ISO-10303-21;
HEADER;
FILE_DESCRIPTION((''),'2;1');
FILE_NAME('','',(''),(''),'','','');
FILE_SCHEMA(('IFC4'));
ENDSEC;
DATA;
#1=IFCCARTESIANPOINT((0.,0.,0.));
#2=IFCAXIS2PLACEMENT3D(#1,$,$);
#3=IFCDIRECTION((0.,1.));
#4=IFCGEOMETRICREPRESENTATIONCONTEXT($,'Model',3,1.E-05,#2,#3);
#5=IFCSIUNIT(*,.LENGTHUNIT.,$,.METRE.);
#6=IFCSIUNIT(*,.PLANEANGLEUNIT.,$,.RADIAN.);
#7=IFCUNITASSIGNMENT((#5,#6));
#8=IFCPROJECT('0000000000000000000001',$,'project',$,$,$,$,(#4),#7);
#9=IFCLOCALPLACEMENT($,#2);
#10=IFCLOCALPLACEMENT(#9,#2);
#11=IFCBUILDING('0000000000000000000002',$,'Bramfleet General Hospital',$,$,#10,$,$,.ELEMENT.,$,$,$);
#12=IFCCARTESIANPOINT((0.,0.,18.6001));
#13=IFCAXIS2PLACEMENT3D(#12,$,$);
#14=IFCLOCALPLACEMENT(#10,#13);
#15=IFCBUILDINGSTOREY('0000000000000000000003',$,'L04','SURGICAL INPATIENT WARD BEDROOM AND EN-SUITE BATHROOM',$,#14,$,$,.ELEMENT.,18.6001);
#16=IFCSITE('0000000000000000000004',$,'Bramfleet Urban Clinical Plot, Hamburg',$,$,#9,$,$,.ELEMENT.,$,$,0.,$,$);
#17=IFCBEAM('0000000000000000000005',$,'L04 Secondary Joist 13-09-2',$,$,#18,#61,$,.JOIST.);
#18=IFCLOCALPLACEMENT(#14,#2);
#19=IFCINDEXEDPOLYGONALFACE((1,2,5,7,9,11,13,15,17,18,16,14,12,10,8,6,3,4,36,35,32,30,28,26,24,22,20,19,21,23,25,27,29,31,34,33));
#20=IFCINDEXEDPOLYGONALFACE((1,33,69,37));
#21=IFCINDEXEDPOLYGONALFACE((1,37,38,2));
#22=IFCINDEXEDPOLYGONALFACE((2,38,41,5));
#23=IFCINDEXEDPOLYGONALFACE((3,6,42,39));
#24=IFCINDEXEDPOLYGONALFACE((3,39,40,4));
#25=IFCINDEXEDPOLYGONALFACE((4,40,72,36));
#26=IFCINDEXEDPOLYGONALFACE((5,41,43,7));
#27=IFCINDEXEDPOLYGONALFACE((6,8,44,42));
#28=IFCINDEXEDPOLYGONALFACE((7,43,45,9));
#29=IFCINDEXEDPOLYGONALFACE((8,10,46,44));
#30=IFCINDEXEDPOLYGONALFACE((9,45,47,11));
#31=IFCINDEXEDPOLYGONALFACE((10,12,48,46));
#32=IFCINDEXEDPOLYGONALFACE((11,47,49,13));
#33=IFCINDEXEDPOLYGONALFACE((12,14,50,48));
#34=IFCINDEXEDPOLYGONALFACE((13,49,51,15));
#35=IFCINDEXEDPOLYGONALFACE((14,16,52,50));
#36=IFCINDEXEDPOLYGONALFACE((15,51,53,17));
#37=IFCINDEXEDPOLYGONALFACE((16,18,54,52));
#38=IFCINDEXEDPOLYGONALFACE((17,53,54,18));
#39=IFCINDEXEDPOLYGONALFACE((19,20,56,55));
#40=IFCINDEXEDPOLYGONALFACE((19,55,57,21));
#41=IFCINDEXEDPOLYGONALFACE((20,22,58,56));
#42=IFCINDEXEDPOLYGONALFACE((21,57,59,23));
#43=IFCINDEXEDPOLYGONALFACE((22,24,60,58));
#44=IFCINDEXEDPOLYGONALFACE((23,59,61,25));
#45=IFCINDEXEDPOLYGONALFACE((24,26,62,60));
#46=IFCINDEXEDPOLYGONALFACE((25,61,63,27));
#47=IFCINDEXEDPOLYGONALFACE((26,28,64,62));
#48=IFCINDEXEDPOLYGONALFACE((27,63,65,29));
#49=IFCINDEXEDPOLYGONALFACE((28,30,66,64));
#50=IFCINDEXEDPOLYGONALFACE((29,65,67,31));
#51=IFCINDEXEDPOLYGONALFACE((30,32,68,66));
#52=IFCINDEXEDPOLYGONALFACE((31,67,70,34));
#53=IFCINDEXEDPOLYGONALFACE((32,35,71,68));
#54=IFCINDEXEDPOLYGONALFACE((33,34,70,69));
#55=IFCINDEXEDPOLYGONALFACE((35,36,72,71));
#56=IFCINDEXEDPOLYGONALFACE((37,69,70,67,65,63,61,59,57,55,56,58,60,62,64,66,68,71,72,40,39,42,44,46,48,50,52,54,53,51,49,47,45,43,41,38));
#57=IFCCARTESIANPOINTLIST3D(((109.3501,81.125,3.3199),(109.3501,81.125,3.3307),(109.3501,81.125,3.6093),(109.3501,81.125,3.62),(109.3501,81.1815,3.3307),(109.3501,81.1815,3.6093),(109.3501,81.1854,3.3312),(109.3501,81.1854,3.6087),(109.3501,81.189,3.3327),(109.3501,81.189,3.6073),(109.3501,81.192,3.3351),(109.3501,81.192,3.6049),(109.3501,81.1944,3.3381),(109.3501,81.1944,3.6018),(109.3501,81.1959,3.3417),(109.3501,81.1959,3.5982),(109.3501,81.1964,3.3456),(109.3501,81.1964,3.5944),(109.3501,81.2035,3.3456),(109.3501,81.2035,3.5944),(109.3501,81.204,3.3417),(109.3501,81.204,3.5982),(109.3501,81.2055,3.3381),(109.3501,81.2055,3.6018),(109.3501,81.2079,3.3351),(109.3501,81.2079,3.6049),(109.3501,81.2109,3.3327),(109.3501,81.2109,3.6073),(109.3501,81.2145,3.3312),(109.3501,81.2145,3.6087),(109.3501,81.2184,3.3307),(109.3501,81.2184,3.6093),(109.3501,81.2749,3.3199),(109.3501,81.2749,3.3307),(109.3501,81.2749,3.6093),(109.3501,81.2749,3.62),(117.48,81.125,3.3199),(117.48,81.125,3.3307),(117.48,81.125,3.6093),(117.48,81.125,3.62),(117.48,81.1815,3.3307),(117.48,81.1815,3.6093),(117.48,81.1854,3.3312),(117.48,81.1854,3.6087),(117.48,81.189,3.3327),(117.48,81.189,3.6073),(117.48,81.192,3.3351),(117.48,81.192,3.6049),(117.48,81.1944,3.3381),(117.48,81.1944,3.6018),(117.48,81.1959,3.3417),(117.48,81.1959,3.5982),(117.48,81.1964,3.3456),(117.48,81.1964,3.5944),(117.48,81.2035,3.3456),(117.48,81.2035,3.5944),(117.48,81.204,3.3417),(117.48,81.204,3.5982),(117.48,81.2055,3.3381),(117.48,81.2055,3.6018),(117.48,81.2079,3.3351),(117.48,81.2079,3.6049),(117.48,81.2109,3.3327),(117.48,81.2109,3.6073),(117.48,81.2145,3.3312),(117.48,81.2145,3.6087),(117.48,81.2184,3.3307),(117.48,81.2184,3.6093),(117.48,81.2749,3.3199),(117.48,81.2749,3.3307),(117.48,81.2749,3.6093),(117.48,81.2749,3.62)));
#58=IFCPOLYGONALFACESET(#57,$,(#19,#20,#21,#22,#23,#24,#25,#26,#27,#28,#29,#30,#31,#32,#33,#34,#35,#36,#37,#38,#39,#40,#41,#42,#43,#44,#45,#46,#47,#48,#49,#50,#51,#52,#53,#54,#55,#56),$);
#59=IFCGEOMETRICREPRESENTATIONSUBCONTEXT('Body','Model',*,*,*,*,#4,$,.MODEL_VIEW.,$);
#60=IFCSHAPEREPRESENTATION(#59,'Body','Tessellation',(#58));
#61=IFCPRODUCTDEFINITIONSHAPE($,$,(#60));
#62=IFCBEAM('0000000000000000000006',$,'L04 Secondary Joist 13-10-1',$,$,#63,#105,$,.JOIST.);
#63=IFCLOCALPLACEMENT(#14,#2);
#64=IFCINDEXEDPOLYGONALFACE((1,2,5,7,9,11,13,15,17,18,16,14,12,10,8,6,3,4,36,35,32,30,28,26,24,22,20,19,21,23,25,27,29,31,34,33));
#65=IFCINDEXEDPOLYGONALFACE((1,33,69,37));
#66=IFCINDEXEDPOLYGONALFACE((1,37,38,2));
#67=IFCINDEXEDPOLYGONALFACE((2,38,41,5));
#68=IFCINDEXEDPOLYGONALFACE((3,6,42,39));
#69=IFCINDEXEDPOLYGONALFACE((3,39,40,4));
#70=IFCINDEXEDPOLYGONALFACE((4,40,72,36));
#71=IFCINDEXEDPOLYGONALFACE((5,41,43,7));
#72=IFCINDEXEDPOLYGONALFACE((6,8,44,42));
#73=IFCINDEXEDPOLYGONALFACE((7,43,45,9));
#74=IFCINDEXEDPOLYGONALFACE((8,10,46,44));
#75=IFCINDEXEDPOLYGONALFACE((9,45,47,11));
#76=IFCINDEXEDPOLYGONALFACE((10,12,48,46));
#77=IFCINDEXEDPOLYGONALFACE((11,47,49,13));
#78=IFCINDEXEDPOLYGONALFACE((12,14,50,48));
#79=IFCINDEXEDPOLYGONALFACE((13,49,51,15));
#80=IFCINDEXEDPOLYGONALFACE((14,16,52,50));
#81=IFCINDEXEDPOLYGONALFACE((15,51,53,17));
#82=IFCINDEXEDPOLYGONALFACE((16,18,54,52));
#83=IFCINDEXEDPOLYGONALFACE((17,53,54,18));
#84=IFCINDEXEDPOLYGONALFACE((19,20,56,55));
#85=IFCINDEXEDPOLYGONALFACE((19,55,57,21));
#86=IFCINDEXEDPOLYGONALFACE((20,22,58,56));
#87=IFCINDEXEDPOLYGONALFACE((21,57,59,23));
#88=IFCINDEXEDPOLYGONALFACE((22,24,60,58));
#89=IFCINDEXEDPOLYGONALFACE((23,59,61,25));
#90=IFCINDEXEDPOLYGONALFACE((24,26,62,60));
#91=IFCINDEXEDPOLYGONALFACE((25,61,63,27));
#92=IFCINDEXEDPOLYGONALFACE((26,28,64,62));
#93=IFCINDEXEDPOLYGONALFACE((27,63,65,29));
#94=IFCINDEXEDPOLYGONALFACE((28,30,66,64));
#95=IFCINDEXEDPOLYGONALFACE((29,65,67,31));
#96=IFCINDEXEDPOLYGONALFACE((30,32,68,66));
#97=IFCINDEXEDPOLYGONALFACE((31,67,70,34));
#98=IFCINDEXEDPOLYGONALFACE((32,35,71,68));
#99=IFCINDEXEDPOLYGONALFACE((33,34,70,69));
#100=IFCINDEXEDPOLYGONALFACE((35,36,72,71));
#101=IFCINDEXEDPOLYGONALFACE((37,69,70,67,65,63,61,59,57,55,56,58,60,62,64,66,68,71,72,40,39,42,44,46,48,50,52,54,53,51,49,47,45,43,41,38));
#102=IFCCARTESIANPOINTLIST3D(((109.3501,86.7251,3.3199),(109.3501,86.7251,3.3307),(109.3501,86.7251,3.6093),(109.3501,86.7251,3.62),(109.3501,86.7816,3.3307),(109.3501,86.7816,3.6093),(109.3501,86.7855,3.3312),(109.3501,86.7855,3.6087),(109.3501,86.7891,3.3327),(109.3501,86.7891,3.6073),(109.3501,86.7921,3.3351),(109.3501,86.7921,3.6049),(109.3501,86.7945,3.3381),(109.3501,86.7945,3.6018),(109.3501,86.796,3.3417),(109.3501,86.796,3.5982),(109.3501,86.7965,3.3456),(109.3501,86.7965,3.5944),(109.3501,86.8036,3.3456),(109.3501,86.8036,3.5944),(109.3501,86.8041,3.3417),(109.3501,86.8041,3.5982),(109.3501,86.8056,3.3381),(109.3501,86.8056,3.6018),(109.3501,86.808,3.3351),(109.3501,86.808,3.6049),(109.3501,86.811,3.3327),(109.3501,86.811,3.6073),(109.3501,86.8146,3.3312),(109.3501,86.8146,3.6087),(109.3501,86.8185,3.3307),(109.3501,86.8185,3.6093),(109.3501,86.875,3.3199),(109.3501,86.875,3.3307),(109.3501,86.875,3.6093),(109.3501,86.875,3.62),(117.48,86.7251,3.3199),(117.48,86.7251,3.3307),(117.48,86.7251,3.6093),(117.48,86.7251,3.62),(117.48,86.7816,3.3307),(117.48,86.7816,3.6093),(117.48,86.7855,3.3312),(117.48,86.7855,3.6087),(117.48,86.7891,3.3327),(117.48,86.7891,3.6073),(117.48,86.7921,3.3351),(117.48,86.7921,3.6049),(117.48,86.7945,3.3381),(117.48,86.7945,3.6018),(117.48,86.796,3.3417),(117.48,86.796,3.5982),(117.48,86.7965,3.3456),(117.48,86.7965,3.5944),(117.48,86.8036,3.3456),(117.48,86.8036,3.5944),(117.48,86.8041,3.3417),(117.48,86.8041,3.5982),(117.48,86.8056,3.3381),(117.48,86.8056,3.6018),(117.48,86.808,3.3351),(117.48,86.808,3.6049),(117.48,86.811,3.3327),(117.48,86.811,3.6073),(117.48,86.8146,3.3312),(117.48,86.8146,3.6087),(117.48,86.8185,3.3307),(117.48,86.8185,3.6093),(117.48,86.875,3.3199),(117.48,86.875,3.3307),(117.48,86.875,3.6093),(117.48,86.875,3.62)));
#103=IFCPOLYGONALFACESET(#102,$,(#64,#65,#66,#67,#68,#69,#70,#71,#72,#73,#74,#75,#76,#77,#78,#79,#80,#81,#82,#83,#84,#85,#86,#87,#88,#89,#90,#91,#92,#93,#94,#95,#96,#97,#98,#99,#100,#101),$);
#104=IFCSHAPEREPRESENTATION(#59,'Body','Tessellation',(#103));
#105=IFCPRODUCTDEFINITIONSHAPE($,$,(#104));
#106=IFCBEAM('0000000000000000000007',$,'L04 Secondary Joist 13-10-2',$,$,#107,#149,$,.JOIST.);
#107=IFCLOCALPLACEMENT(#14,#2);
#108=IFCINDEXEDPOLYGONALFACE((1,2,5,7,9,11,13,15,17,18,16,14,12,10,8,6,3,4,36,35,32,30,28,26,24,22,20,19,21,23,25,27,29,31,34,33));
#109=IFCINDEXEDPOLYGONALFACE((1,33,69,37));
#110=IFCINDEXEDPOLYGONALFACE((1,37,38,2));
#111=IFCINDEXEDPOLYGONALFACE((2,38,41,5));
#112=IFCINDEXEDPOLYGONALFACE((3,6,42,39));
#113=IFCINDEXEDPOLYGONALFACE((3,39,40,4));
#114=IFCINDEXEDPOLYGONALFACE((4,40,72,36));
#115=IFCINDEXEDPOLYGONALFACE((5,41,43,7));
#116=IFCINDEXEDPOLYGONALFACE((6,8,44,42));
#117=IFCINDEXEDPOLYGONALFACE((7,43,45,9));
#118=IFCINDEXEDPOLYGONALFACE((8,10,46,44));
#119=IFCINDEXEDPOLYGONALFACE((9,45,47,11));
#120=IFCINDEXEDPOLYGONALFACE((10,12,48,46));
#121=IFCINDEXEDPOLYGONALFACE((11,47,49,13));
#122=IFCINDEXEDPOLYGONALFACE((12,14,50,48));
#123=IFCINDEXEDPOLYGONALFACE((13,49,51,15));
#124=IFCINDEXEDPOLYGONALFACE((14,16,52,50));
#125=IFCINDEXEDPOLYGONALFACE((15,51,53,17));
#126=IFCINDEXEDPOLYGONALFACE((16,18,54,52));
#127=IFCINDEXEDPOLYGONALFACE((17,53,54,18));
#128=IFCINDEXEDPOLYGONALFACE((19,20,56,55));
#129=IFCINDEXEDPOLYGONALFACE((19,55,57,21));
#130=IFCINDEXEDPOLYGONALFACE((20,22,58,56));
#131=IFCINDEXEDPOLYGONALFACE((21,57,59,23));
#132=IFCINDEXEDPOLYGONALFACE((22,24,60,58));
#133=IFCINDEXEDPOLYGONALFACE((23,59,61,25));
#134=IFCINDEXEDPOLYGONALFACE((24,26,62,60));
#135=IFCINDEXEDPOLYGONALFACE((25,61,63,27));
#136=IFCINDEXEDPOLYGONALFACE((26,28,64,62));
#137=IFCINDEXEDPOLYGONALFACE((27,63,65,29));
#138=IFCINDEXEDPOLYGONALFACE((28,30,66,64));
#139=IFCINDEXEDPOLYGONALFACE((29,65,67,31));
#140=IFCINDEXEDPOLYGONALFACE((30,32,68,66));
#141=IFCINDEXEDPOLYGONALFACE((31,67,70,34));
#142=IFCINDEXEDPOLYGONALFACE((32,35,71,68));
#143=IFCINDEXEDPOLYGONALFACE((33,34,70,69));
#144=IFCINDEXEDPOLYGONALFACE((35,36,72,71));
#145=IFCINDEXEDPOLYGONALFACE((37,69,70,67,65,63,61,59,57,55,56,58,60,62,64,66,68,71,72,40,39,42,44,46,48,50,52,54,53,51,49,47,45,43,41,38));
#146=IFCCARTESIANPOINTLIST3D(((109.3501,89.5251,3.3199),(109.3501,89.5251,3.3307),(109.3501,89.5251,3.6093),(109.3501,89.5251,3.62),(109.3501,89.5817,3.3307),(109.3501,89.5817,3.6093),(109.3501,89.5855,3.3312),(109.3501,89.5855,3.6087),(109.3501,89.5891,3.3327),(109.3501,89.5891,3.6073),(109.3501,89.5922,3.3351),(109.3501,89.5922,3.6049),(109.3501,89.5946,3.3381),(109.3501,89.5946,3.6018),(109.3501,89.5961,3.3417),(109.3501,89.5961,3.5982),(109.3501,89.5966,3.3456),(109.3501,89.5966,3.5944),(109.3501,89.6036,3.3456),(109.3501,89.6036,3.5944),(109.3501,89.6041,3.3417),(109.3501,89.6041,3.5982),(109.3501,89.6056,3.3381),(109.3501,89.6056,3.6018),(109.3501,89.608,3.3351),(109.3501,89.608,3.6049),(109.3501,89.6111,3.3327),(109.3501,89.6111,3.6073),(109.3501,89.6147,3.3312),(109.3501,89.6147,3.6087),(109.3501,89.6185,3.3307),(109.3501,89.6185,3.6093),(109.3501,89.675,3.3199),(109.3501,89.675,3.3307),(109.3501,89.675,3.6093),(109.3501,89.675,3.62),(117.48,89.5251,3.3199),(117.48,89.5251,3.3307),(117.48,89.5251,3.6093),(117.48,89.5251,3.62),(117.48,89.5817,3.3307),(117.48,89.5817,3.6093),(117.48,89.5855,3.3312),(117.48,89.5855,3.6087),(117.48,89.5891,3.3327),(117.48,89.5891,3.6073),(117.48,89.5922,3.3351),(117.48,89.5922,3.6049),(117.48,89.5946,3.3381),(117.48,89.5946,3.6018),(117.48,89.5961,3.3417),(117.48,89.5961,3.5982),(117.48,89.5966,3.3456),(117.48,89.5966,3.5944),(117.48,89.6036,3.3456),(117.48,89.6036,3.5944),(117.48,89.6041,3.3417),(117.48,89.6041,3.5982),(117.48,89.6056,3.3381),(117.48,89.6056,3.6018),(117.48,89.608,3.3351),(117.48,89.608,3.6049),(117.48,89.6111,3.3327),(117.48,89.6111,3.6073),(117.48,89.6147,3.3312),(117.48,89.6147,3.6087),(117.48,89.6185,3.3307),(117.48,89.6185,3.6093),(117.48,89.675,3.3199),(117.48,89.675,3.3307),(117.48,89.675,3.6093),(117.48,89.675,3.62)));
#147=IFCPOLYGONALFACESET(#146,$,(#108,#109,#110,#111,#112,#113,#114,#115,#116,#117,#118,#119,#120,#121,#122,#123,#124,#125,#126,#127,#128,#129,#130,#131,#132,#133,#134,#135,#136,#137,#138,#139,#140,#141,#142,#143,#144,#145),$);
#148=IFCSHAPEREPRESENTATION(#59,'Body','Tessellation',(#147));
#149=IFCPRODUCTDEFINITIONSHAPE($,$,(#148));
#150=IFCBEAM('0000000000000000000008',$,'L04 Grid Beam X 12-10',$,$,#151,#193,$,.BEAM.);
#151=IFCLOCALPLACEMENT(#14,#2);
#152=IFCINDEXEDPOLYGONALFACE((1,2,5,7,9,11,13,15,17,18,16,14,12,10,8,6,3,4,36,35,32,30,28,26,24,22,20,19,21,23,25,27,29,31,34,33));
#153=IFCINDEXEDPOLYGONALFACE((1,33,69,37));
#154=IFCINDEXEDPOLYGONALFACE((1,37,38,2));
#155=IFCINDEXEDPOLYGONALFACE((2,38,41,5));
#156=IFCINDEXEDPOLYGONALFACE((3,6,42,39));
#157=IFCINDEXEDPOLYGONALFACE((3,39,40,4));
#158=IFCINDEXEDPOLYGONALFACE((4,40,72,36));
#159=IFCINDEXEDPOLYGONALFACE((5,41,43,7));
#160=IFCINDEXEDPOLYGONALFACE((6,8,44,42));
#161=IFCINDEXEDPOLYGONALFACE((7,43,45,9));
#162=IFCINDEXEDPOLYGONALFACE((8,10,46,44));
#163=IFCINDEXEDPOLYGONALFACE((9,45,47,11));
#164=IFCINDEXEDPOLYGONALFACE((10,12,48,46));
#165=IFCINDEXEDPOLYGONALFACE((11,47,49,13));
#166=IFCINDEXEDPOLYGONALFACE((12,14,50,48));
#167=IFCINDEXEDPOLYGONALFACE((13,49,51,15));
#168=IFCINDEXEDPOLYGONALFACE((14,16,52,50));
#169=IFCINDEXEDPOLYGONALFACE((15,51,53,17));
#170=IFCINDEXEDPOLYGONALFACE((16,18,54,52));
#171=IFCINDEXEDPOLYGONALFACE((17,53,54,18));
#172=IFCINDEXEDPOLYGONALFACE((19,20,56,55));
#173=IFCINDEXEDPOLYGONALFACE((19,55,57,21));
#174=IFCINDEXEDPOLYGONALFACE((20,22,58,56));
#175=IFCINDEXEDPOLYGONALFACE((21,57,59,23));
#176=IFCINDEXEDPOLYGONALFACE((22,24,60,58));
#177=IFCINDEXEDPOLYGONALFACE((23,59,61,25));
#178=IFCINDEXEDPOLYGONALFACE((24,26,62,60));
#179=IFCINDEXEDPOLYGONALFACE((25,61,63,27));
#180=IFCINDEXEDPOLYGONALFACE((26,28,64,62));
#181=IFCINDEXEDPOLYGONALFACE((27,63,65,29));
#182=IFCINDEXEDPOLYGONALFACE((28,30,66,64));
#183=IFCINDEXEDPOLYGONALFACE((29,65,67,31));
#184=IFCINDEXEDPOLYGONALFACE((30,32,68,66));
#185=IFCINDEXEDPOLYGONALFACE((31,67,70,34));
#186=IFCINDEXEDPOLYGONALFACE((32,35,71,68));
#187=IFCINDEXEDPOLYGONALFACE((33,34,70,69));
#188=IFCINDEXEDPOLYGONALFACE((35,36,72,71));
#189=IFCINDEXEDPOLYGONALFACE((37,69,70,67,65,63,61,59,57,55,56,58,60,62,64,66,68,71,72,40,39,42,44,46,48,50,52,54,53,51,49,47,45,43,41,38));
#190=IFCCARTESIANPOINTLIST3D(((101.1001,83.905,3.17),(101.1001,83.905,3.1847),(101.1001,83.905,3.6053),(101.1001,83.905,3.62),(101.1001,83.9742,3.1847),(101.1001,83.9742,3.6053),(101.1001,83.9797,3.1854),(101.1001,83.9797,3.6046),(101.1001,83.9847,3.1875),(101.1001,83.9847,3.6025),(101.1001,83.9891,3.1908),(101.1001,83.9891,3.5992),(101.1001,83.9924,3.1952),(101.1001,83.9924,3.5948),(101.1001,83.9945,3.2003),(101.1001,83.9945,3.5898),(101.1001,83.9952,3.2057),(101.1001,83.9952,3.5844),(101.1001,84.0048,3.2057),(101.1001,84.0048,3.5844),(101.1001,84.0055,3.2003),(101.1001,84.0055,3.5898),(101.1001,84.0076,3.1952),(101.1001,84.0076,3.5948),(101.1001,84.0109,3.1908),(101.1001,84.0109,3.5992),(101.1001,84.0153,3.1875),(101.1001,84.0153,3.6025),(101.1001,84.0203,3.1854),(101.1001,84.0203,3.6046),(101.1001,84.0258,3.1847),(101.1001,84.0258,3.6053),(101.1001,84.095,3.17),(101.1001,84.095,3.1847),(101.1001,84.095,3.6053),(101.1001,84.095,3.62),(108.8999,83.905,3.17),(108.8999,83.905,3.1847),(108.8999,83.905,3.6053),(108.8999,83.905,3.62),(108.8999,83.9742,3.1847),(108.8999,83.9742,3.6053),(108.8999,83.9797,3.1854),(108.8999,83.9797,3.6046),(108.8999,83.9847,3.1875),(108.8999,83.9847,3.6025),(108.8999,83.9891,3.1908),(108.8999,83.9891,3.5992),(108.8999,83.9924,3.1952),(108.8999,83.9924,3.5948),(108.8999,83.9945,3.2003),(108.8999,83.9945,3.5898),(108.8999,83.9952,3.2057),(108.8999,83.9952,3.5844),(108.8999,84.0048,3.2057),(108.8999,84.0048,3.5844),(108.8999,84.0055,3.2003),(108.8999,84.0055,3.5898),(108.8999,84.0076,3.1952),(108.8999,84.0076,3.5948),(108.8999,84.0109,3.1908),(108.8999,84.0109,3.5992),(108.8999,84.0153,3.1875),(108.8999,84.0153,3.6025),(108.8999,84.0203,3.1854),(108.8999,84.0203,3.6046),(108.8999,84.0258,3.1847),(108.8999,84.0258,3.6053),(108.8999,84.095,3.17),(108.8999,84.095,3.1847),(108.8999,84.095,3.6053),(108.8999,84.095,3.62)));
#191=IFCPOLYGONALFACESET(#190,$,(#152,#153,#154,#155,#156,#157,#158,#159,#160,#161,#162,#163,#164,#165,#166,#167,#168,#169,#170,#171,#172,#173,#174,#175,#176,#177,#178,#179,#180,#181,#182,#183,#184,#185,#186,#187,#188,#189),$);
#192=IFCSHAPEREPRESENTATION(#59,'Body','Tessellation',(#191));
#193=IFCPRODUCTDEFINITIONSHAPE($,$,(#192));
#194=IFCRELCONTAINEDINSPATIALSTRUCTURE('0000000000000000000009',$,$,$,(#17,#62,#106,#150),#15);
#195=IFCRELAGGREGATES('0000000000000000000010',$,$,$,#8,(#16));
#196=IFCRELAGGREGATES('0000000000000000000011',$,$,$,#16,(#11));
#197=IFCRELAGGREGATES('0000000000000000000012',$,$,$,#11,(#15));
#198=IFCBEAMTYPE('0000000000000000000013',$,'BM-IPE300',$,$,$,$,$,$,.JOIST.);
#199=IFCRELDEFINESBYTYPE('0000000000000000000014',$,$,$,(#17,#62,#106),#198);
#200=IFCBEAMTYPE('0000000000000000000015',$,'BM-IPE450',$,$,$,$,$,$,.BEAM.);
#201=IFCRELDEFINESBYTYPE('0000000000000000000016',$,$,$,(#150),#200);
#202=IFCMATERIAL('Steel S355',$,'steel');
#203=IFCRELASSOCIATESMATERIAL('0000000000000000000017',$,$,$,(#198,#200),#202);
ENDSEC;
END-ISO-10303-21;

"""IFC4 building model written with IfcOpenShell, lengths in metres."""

from ifc_helpers import new_model, si_unit, direction, frame, origin, origin_2d, place, context, subcontext, project, spatial, i_section, extrude, material, material_profile, profile_set, type_object, element, save


model = new_model("IFC4")

# Units and contexts
model_context = context("Model", 3, precision=1e-05, world=origin(), true_north=direction((0.0, 1.0)))
body_context = subcontext(model_context, "Body", "Model", "MODEL_VIEW")
ifc_project = project(units=[si_unit("LENGTHUNIT", "METRE"), si_unit("PLANEANGLEUNIT", "RADIAN")], contexts=[model_context])

# Site, building, storey
site_placement = place(None, origin())
site = spatial("IfcSite", under=ifc_project, at=site_placement, Name="Bramfleet Urban Clinical Plot, Hamburg", CompositionType="ELEMENT", RefElevation=0.0)
building_placement = place(site_placement, origin())
building = spatial("IfcBuilding", under=site, at=building_placement, Name="Bramfleet General Hospital", CompositionType="ELEMENT")
storey_placement = place(building_placement, frame((0.0, 0.0, 18.6001)))
storey = spatial("IfcBuildingStorey", under=building, at=storey_placement, Name="L04", Description="SURGICAL INPATIENT WARD BEDROOM AND EN-SUITE BATHROOM", CompositionType="ELEMENT", Elevation=18.6001)

# Beams
ifc_material_1 = material(Name="Steel S355", Category="steel")
ifc_material_profile_1 = material_profile(ifc_material_1, i_section(OverallWidth=0.1499, OverallDepth=0.3, WebThickness=0.0071, FlangeThickness=0.0107, FilletRadius=0.0149, at=origin_2d()), Name="IPE 300")
ifc_profile_set_1 = profile_set([ifc_material_profile_1], Name="Steel S355")
beam_type_1 = type_object("IfcBeamType", Name="BM-IPE300", PredefinedType="JOIST", material=ifc_profile_set_1)
for number, where, z_axis, x_axis, name in (
    (1, (109.3501, 81.2, 3.47), (1.0, 0.0, 0.0), (0.0, 1.0, 0.0), "L04 Secondary Joist 13-09-2"),
    (2, (109.3501, 86.8, 3.47), (1.0, 0.0, 0.0), (0.0, 1.0, 0.0), "L04 Secondary Joist 13-10-1"),
    (3, (109.3501, 89.6001, 3.47), (1.0, 0.0, 0.0), (0.0, 1.0, 0.0), "L04 Secondary Joist 13-10-2"),
):
    element("IfcBeam", number, at=place(storey_placement, frame(where, z_axis=z_axis, x_axis=x_axis)), inside=storey, type_object=beam_type_1, Name=name, PredefinedType="JOIST", context=body_context, shape_type="SweptSolid", body=[
        extrude(i_section(OverallWidth=0.1499, OverallDepth=0.3, WebThickness=0.0071, FlangeThickness=0.0107, FilletRadius=0.0149, at=origin_2d()), origin(), (0.0, 0.0, 1.0), 8.1299),
    ])
ifc_material_profile_2 = material_profile(ifc_material_1, i_section(OverallWidth=0.1899, OverallDepth=0.45, WebThickness=0.0095, FlangeThickness=0.0146, FilletRadius=0.021, at=origin_2d()), Name="IPE 450")
ifc_profile_set_2 = profile_set([ifc_material_profile_2], Name="Steel S355")
beam_type_2 = type_object("IfcBeamType", Name="BM-IPE450", PredefinedType="BEAM", material=ifc_profile_set_2)
beam_1_placement = place(storey_placement, frame((101.1001, 84.0, 3.395), z_axis=(1.0, 0.0, 0.0), x_axis=(0.0, 1.0, 0.0)))
element("IfcBeam", 4, at=beam_1_placement, inside=storey, type_object=beam_type_2, Name="L04 Grid Beam X 12-10", PredefinedType="BEAM", context=body_context, shape_type="SweptSolid", body=[
    extrude(i_section(OverallWidth=0.1899, OverallDepth=0.45, WebThickness=0.0095, FlangeThickness=0.0146, FilletRadius=0.021, at=origin_2d()), origin(), (0.0, 0.0, 1.0), 7.7998),
])

save(model, "model.ifc")
